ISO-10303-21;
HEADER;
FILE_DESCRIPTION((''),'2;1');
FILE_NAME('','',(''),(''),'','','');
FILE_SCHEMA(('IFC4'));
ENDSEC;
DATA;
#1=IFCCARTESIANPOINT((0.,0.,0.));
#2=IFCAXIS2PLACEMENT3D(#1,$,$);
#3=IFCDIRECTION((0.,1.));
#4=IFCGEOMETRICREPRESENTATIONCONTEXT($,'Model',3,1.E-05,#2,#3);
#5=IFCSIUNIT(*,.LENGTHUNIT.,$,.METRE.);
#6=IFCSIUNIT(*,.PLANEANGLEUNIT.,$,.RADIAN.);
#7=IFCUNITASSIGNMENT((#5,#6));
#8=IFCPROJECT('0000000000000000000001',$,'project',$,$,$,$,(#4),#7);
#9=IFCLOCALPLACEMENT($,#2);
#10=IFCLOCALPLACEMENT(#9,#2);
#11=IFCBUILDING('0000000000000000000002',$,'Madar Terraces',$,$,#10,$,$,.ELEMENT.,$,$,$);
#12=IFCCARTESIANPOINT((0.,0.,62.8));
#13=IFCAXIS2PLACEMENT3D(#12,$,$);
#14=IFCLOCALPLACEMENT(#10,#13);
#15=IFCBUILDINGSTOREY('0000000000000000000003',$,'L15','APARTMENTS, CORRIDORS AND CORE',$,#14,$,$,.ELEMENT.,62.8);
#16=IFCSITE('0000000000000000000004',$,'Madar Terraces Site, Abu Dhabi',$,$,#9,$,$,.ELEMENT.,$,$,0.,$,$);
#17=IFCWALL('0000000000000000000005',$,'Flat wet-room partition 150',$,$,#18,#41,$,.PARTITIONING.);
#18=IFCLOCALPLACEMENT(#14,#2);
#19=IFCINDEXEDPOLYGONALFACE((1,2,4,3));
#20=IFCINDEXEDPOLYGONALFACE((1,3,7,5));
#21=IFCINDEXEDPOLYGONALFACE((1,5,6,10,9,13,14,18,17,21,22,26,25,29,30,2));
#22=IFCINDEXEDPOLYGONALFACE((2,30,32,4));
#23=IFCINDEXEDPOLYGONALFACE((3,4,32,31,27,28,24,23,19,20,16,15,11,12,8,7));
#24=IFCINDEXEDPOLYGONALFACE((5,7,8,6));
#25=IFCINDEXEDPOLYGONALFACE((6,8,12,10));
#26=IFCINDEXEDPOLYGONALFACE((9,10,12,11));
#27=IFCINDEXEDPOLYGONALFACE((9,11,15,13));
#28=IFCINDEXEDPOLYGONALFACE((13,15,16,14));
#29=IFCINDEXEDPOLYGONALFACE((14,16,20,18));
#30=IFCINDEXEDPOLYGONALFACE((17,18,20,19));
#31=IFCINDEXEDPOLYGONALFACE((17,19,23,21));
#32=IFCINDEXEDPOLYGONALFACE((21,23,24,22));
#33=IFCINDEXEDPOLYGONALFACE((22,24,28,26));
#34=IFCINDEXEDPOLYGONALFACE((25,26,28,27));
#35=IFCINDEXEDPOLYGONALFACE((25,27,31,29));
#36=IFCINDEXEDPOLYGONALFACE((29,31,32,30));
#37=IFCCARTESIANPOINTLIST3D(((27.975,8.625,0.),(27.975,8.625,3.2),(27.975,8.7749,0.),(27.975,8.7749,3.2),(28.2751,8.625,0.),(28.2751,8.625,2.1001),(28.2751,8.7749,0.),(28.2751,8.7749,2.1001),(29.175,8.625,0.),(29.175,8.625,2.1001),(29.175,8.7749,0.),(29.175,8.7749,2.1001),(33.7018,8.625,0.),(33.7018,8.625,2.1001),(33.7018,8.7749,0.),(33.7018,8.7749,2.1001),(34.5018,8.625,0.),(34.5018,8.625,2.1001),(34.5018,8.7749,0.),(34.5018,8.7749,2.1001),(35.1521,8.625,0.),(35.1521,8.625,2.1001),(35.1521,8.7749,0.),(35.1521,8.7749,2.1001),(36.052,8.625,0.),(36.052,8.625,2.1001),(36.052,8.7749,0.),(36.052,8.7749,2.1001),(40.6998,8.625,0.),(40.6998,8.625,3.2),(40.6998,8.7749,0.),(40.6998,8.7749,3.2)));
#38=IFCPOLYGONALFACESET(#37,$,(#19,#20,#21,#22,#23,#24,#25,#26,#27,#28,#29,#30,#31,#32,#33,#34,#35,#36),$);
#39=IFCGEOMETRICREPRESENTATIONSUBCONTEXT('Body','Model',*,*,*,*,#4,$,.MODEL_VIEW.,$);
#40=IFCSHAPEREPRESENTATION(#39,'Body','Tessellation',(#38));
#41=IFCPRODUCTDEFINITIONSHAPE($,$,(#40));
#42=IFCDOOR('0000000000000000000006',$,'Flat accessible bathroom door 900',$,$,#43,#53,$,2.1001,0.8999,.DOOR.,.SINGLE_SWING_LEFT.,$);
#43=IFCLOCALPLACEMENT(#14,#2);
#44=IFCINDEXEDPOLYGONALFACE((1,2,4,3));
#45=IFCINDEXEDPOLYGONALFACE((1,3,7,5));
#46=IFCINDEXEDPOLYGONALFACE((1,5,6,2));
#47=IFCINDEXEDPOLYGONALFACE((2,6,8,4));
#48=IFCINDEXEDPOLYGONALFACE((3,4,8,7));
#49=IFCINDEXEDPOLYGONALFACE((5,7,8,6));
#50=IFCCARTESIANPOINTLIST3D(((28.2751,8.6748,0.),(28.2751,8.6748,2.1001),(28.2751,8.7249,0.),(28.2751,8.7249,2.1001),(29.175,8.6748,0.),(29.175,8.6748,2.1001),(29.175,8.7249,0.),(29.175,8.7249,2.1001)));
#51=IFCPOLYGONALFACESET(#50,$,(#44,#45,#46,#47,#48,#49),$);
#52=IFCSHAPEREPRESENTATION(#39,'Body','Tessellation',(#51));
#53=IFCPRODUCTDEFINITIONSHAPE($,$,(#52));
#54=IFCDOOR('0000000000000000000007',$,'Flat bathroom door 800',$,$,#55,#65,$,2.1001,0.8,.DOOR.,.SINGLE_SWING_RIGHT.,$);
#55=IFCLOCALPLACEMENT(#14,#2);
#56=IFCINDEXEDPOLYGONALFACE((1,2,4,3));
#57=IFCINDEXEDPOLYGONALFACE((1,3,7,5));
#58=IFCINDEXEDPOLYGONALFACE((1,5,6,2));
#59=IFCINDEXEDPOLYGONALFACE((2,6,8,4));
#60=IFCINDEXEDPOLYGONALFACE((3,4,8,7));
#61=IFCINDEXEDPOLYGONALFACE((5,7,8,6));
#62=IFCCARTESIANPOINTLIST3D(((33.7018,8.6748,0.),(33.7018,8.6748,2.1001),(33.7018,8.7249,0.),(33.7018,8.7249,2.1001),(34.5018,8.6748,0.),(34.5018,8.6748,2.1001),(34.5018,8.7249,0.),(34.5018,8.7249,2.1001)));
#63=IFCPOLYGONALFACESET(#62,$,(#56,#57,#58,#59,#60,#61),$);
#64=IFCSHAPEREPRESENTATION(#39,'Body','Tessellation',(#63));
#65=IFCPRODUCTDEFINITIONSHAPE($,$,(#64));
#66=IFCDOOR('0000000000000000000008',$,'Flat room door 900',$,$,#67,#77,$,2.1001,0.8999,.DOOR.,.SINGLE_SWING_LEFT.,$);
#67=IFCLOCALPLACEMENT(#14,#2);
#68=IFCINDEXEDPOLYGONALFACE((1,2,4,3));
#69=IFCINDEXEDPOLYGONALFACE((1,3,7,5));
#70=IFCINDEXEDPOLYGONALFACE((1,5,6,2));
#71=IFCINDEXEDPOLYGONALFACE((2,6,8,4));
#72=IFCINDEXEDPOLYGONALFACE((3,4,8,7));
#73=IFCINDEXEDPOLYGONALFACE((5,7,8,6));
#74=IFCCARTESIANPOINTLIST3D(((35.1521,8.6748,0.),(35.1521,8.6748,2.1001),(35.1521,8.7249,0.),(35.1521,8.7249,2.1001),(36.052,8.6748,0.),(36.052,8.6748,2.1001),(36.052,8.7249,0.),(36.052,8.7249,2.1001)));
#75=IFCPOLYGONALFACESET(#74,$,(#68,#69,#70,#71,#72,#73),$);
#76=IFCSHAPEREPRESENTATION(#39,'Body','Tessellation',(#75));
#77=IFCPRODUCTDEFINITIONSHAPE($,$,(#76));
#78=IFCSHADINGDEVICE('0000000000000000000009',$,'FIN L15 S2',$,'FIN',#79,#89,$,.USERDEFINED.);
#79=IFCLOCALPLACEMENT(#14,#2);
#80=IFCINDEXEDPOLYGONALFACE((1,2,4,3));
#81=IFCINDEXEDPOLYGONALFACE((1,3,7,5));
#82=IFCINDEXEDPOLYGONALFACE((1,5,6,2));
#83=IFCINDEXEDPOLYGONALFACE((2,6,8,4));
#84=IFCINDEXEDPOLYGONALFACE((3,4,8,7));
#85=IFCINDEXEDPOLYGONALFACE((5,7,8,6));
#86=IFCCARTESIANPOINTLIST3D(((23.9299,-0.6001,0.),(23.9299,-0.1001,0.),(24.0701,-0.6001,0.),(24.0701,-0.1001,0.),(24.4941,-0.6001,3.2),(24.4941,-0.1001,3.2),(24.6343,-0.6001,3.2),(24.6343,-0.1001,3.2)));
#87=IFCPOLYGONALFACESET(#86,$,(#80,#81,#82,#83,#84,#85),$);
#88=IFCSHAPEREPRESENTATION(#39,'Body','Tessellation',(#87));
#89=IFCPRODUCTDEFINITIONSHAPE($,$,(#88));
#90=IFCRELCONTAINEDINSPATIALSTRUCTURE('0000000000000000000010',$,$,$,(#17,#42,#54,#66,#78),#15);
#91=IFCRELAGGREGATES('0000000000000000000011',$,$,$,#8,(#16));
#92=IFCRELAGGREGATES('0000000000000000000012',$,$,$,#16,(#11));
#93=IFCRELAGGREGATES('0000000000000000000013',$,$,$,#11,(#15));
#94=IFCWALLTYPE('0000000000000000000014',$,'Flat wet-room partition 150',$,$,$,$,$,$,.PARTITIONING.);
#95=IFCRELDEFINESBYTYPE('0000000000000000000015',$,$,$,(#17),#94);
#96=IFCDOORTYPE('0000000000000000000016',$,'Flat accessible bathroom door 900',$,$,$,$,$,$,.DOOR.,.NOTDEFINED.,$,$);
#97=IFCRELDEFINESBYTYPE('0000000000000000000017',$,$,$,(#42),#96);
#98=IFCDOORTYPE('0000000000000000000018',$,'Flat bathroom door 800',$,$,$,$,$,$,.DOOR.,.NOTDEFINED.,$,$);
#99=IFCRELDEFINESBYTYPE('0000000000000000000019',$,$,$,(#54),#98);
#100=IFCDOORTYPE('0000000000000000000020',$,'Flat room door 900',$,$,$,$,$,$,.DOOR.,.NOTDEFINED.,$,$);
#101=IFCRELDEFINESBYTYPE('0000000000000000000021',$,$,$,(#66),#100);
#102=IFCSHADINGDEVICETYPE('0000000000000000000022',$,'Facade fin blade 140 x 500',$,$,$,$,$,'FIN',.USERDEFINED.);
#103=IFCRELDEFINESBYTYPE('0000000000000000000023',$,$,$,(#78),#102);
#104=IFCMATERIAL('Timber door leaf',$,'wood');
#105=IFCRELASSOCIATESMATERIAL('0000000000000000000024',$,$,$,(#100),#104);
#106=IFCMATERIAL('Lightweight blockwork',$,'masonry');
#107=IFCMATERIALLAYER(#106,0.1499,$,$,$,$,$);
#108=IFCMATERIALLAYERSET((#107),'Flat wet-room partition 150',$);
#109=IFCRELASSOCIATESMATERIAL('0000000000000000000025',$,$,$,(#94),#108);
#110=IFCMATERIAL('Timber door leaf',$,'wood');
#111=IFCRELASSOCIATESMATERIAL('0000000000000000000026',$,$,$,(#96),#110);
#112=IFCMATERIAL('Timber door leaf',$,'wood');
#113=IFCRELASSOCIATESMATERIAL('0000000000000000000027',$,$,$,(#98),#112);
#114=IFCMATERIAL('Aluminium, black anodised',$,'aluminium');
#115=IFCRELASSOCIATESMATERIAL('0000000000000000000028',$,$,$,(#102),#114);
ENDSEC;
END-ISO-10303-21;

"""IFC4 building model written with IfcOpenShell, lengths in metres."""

from ifc_helpers import new_model, si_unit, direction, frame, frame_2d, origin, place, context, subcontext, project, spatial, polyline, rectangle, outline, extrude, material, layer, layer_set, type_object, element, fill, save


model = new_model("IFC4")

# Units and contexts
model_context = context("Model", 3, precision=1e-05, world=origin(), true_north=direction((0.0, 1.0)))
body_context = subcontext(model_context, "Body", "Model", "MODEL_VIEW")
ifc_project = project(units=[si_unit("LENGTHUNIT", "METRE"), si_unit("PLANEANGLEUNIT", "RADIAN")], contexts=[model_context])

# Site, building, storey
site_placement = place(None, origin())
site = spatial("IfcSite", under=ifc_project, at=site_placement, Name="Madar Terraces Site, Abu Dhabi", CompositionType="ELEMENT", RefElevation=0.0)
building_placement = place(site_placement, origin())
building = spatial("IfcBuilding", under=site, at=building_placement, Name="Madar Terraces", CompositionType="ELEMENT")
storey_placement = place(building_placement, frame((0.0, 0.0, 62.8)))
storey = spatial("IfcBuildingStorey", under=building, at=storey_placement, Name="L15", Description="APARTMENTS, CORRIDORS AND CORE", CompositionType="ELEMENT", Elevation=62.8)

# Shared definitions
ifc_material_1 = material(Name="Timber door leaf", Category="wood")
door_type_1 = type_object("IfcDoorType", Name="Flat room door 900", OperationType="NOTDEFINED", PredefinedType="DOOR", material=ifc_material_1)

# Wall, openings, doors
ifc_material_2 = material(Name="Lightweight blockwork", Category="masonry")
ifc_layer_1 = layer(ifc_material_2, 0.1499)
ifc_layer_set_1 = layer_set([ifc_layer_1], Name="Flat wet-room partition 150")
wall_type_1 = type_object("IfcWallType", Name="Flat wet-room partition 150", PredefinedType="PARTITIONING", material=ifc_layer_set_1)
wall_1_placement = place(storey_placement, frame((27.9751, 8.7, 0.0), z_axis=(0.0, 0.0, 1.0), x_axis=(1.0, 0.0, 0.0)))
wall_1 = element("IfcWall", 1, at=wall_1_placement, inside=storey, type_object=wall_type_1, Name="Flat wet-room partition 150", PredefinedType="PARTITIONING", context=body_context, shape_type="SweptSolid", body=[
    extrude(rectangle(XDim=12.7249, YDim=0.1499, at=frame_2d((6.3623, 0.0))), origin(), (0.0, 0.0, 1.0), 3.2),
])
opening_1_placement = place(wall_1_placement, frame((0.3, 0.0, 0.0)))
opening_1 = element("IfcOpeningElement", 2, at=opening_1_placement, cuts=wall_1, PredefinedType="OPENING", context=body_context, shape_type="SweptSolid", body=[
    extrude(rectangle(XDim=0.8999, YDim=2.1001, at=frame_2d((0.45, 1.05))), frame((0.0, 0.085, 0.0), z_axis=(0.0, -1.0, 0.0), x_axis=(1.0, 0.0, 0.0)), (0.0, 0.0, 1.0), 0.1699),
])
opening_2_placement = place(wall_1_placement, frame((5.7268, 0.0, 0.0)))
opening_2 = element("IfcOpeningElement", 3, at=opening_2_placement, cuts=wall_1, PredefinedType="OPENING", context=body_context, shape_type="SweptSolid", body=[
    extrude(rectangle(XDim=0.8, YDim=2.1001, at=frame_2d((0.3999, 1.05))), frame((0.0, 0.085, 0.0), z_axis=(0.0, -1.0, 0.0), x_axis=(1.0, 0.0, 0.0)), (0.0, 0.0, 1.0), 0.1699),
])
opening_3_placement = place(wall_1_placement, frame((7.177, 0.0, 0.0)))
opening_3 = element("IfcOpeningElement", 4, at=opening_3_placement, cuts=wall_1, PredefinedType="OPENING", context=body_context, shape_type="SweptSolid", body=[
    extrude(rectangle(XDim=0.8999, YDim=2.1001, at=frame_2d((0.45, 1.05))), frame((0.0, 0.085, 0.0), z_axis=(0.0, -1.0, 0.0), x_axis=(1.0, 0.0, 0.0)), (0.0, 0.0, 1.0), 0.1699),
])
ifc_material_3 = material(Name="Timber door leaf", Category="wood")
door_type_2 = type_object("IfcDoorType", Name="Flat accessible bathroom door 900", OperationType="NOTDEFINED", PredefinedType="DOOR", material=ifc_material_3)
door_1_placement = place(opening_1_placement, origin())
door_1 = element("IfcDoor", 5, at=door_1_placement, inside=storey, type_object=door_type_2, Name="Flat accessible bathroom door 900", OperationType="SINGLE_SWING_LEFT", OverallHeight=2.1001, OverallWidth=0.8999, PredefinedType="DOOR", context=body_context, shape_type="SweptSolid", body=[
    extrude(rectangle(XDim=0.8999, YDim=2.1001, at=frame_2d((0.45, 1.05))), frame((0.0, 0.0249, 0.0), z_axis=(0.0, -1.0, 0.0), x_axis=(1.0, 0.0, 0.0)), (0.0, 0.0, 1.0), 0.05),
])
fill(opening_1, door_1)
ifc_material_4 = material(Name="Timber door leaf", Category="wood")
door_type_3 = type_object("IfcDoorType", Name="Flat bathroom door 800", OperationType="NOTDEFINED", PredefinedType="DOOR", material=ifc_material_4)
door_2_placement = place(opening_2_placement, origin())
door_2 = element("IfcDoor", 6, at=door_2_placement, inside=storey, type_object=door_type_3, Name="Flat bathroom door 800", OperationType="SINGLE_SWING_RIGHT", OverallHeight=2.1001, OverallWidth=0.8, PredefinedType="DOOR", context=body_context, shape_type="SweptSolid", body=[
    extrude(rectangle(XDim=0.8, YDim=2.1001, at=frame_2d((0.3999, 1.05))), frame((0.0, 0.0249, 0.0), z_axis=(0.0, -1.0, 0.0), x_axis=(1.0, 0.0, 0.0)), (0.0, 0.0, 1.0), 0.05),
])
fill(opening_2, door_2)
door_3_placement = place(opening_3_placement, origin())
door_3 = element("IfcDoor", 7, at=door_3_placement, inside=storey, type_object=door_type_1, Name="Flat room door 900", OperationType="SINGLE_SWING_LEFT", OverallHeight=2.1001, OverallWidth=0.8999, PredefinedType="DOOR", context=body_context, shape_type="SweptSolid", body=[
    extrude(rectangle(XDim=0.8999, YDim=2.1001, at=frame_2d((0.45, 1.05))), frame((0.0, 0.0249, 0.0), z_axis=(0.0, -1.0, 0.0), x_axis=(1.0, 0.0, 0.0)), (0.0, 0.0, 1.0), 0.05),
])
fill(opening_3, door_3)

# Shading device
ifc_material_5 = material(Name="Aluminium, black anodised", Category="aluminium")
shading_device_type = type_object("IfcShadingDeviceType", Name="Facade fin blade 140 x 500", ElementType="FIN", PredefinedType="USERDEFINED", material=ifc_material_5)
shading_device_placement = place(storey_placement, frame((23.9299, -0.3501, 0.0), z_axis=(0.0, 0.0, 1.0), x_axis=(1.0, 0.0, 0.0)))
element("IfcShadingDevice", 8, at=shading_device_placement, inside=storey, type_object=shading_device_type, Name="FIN L15 S2", ObjectType="FIN", PredefinedType="USERDEFINED", context=body_context, shape_type="SweptSolid", body=[
    extrude(outline(polyline([(0.0, 0.0), (0.1401, 0.0), (0.7043, 3.2), (0.5642, 3.2), (0.0, 0.0)])), frame((0.0, 0.25, 0.0), z_axis=(0.0, -1.0, 0.0), x_axis=(1.0, 0.0, 0.0)), (0.0, 0.0, 1.0), 0.5),
])

save(model, "model.ifc")
